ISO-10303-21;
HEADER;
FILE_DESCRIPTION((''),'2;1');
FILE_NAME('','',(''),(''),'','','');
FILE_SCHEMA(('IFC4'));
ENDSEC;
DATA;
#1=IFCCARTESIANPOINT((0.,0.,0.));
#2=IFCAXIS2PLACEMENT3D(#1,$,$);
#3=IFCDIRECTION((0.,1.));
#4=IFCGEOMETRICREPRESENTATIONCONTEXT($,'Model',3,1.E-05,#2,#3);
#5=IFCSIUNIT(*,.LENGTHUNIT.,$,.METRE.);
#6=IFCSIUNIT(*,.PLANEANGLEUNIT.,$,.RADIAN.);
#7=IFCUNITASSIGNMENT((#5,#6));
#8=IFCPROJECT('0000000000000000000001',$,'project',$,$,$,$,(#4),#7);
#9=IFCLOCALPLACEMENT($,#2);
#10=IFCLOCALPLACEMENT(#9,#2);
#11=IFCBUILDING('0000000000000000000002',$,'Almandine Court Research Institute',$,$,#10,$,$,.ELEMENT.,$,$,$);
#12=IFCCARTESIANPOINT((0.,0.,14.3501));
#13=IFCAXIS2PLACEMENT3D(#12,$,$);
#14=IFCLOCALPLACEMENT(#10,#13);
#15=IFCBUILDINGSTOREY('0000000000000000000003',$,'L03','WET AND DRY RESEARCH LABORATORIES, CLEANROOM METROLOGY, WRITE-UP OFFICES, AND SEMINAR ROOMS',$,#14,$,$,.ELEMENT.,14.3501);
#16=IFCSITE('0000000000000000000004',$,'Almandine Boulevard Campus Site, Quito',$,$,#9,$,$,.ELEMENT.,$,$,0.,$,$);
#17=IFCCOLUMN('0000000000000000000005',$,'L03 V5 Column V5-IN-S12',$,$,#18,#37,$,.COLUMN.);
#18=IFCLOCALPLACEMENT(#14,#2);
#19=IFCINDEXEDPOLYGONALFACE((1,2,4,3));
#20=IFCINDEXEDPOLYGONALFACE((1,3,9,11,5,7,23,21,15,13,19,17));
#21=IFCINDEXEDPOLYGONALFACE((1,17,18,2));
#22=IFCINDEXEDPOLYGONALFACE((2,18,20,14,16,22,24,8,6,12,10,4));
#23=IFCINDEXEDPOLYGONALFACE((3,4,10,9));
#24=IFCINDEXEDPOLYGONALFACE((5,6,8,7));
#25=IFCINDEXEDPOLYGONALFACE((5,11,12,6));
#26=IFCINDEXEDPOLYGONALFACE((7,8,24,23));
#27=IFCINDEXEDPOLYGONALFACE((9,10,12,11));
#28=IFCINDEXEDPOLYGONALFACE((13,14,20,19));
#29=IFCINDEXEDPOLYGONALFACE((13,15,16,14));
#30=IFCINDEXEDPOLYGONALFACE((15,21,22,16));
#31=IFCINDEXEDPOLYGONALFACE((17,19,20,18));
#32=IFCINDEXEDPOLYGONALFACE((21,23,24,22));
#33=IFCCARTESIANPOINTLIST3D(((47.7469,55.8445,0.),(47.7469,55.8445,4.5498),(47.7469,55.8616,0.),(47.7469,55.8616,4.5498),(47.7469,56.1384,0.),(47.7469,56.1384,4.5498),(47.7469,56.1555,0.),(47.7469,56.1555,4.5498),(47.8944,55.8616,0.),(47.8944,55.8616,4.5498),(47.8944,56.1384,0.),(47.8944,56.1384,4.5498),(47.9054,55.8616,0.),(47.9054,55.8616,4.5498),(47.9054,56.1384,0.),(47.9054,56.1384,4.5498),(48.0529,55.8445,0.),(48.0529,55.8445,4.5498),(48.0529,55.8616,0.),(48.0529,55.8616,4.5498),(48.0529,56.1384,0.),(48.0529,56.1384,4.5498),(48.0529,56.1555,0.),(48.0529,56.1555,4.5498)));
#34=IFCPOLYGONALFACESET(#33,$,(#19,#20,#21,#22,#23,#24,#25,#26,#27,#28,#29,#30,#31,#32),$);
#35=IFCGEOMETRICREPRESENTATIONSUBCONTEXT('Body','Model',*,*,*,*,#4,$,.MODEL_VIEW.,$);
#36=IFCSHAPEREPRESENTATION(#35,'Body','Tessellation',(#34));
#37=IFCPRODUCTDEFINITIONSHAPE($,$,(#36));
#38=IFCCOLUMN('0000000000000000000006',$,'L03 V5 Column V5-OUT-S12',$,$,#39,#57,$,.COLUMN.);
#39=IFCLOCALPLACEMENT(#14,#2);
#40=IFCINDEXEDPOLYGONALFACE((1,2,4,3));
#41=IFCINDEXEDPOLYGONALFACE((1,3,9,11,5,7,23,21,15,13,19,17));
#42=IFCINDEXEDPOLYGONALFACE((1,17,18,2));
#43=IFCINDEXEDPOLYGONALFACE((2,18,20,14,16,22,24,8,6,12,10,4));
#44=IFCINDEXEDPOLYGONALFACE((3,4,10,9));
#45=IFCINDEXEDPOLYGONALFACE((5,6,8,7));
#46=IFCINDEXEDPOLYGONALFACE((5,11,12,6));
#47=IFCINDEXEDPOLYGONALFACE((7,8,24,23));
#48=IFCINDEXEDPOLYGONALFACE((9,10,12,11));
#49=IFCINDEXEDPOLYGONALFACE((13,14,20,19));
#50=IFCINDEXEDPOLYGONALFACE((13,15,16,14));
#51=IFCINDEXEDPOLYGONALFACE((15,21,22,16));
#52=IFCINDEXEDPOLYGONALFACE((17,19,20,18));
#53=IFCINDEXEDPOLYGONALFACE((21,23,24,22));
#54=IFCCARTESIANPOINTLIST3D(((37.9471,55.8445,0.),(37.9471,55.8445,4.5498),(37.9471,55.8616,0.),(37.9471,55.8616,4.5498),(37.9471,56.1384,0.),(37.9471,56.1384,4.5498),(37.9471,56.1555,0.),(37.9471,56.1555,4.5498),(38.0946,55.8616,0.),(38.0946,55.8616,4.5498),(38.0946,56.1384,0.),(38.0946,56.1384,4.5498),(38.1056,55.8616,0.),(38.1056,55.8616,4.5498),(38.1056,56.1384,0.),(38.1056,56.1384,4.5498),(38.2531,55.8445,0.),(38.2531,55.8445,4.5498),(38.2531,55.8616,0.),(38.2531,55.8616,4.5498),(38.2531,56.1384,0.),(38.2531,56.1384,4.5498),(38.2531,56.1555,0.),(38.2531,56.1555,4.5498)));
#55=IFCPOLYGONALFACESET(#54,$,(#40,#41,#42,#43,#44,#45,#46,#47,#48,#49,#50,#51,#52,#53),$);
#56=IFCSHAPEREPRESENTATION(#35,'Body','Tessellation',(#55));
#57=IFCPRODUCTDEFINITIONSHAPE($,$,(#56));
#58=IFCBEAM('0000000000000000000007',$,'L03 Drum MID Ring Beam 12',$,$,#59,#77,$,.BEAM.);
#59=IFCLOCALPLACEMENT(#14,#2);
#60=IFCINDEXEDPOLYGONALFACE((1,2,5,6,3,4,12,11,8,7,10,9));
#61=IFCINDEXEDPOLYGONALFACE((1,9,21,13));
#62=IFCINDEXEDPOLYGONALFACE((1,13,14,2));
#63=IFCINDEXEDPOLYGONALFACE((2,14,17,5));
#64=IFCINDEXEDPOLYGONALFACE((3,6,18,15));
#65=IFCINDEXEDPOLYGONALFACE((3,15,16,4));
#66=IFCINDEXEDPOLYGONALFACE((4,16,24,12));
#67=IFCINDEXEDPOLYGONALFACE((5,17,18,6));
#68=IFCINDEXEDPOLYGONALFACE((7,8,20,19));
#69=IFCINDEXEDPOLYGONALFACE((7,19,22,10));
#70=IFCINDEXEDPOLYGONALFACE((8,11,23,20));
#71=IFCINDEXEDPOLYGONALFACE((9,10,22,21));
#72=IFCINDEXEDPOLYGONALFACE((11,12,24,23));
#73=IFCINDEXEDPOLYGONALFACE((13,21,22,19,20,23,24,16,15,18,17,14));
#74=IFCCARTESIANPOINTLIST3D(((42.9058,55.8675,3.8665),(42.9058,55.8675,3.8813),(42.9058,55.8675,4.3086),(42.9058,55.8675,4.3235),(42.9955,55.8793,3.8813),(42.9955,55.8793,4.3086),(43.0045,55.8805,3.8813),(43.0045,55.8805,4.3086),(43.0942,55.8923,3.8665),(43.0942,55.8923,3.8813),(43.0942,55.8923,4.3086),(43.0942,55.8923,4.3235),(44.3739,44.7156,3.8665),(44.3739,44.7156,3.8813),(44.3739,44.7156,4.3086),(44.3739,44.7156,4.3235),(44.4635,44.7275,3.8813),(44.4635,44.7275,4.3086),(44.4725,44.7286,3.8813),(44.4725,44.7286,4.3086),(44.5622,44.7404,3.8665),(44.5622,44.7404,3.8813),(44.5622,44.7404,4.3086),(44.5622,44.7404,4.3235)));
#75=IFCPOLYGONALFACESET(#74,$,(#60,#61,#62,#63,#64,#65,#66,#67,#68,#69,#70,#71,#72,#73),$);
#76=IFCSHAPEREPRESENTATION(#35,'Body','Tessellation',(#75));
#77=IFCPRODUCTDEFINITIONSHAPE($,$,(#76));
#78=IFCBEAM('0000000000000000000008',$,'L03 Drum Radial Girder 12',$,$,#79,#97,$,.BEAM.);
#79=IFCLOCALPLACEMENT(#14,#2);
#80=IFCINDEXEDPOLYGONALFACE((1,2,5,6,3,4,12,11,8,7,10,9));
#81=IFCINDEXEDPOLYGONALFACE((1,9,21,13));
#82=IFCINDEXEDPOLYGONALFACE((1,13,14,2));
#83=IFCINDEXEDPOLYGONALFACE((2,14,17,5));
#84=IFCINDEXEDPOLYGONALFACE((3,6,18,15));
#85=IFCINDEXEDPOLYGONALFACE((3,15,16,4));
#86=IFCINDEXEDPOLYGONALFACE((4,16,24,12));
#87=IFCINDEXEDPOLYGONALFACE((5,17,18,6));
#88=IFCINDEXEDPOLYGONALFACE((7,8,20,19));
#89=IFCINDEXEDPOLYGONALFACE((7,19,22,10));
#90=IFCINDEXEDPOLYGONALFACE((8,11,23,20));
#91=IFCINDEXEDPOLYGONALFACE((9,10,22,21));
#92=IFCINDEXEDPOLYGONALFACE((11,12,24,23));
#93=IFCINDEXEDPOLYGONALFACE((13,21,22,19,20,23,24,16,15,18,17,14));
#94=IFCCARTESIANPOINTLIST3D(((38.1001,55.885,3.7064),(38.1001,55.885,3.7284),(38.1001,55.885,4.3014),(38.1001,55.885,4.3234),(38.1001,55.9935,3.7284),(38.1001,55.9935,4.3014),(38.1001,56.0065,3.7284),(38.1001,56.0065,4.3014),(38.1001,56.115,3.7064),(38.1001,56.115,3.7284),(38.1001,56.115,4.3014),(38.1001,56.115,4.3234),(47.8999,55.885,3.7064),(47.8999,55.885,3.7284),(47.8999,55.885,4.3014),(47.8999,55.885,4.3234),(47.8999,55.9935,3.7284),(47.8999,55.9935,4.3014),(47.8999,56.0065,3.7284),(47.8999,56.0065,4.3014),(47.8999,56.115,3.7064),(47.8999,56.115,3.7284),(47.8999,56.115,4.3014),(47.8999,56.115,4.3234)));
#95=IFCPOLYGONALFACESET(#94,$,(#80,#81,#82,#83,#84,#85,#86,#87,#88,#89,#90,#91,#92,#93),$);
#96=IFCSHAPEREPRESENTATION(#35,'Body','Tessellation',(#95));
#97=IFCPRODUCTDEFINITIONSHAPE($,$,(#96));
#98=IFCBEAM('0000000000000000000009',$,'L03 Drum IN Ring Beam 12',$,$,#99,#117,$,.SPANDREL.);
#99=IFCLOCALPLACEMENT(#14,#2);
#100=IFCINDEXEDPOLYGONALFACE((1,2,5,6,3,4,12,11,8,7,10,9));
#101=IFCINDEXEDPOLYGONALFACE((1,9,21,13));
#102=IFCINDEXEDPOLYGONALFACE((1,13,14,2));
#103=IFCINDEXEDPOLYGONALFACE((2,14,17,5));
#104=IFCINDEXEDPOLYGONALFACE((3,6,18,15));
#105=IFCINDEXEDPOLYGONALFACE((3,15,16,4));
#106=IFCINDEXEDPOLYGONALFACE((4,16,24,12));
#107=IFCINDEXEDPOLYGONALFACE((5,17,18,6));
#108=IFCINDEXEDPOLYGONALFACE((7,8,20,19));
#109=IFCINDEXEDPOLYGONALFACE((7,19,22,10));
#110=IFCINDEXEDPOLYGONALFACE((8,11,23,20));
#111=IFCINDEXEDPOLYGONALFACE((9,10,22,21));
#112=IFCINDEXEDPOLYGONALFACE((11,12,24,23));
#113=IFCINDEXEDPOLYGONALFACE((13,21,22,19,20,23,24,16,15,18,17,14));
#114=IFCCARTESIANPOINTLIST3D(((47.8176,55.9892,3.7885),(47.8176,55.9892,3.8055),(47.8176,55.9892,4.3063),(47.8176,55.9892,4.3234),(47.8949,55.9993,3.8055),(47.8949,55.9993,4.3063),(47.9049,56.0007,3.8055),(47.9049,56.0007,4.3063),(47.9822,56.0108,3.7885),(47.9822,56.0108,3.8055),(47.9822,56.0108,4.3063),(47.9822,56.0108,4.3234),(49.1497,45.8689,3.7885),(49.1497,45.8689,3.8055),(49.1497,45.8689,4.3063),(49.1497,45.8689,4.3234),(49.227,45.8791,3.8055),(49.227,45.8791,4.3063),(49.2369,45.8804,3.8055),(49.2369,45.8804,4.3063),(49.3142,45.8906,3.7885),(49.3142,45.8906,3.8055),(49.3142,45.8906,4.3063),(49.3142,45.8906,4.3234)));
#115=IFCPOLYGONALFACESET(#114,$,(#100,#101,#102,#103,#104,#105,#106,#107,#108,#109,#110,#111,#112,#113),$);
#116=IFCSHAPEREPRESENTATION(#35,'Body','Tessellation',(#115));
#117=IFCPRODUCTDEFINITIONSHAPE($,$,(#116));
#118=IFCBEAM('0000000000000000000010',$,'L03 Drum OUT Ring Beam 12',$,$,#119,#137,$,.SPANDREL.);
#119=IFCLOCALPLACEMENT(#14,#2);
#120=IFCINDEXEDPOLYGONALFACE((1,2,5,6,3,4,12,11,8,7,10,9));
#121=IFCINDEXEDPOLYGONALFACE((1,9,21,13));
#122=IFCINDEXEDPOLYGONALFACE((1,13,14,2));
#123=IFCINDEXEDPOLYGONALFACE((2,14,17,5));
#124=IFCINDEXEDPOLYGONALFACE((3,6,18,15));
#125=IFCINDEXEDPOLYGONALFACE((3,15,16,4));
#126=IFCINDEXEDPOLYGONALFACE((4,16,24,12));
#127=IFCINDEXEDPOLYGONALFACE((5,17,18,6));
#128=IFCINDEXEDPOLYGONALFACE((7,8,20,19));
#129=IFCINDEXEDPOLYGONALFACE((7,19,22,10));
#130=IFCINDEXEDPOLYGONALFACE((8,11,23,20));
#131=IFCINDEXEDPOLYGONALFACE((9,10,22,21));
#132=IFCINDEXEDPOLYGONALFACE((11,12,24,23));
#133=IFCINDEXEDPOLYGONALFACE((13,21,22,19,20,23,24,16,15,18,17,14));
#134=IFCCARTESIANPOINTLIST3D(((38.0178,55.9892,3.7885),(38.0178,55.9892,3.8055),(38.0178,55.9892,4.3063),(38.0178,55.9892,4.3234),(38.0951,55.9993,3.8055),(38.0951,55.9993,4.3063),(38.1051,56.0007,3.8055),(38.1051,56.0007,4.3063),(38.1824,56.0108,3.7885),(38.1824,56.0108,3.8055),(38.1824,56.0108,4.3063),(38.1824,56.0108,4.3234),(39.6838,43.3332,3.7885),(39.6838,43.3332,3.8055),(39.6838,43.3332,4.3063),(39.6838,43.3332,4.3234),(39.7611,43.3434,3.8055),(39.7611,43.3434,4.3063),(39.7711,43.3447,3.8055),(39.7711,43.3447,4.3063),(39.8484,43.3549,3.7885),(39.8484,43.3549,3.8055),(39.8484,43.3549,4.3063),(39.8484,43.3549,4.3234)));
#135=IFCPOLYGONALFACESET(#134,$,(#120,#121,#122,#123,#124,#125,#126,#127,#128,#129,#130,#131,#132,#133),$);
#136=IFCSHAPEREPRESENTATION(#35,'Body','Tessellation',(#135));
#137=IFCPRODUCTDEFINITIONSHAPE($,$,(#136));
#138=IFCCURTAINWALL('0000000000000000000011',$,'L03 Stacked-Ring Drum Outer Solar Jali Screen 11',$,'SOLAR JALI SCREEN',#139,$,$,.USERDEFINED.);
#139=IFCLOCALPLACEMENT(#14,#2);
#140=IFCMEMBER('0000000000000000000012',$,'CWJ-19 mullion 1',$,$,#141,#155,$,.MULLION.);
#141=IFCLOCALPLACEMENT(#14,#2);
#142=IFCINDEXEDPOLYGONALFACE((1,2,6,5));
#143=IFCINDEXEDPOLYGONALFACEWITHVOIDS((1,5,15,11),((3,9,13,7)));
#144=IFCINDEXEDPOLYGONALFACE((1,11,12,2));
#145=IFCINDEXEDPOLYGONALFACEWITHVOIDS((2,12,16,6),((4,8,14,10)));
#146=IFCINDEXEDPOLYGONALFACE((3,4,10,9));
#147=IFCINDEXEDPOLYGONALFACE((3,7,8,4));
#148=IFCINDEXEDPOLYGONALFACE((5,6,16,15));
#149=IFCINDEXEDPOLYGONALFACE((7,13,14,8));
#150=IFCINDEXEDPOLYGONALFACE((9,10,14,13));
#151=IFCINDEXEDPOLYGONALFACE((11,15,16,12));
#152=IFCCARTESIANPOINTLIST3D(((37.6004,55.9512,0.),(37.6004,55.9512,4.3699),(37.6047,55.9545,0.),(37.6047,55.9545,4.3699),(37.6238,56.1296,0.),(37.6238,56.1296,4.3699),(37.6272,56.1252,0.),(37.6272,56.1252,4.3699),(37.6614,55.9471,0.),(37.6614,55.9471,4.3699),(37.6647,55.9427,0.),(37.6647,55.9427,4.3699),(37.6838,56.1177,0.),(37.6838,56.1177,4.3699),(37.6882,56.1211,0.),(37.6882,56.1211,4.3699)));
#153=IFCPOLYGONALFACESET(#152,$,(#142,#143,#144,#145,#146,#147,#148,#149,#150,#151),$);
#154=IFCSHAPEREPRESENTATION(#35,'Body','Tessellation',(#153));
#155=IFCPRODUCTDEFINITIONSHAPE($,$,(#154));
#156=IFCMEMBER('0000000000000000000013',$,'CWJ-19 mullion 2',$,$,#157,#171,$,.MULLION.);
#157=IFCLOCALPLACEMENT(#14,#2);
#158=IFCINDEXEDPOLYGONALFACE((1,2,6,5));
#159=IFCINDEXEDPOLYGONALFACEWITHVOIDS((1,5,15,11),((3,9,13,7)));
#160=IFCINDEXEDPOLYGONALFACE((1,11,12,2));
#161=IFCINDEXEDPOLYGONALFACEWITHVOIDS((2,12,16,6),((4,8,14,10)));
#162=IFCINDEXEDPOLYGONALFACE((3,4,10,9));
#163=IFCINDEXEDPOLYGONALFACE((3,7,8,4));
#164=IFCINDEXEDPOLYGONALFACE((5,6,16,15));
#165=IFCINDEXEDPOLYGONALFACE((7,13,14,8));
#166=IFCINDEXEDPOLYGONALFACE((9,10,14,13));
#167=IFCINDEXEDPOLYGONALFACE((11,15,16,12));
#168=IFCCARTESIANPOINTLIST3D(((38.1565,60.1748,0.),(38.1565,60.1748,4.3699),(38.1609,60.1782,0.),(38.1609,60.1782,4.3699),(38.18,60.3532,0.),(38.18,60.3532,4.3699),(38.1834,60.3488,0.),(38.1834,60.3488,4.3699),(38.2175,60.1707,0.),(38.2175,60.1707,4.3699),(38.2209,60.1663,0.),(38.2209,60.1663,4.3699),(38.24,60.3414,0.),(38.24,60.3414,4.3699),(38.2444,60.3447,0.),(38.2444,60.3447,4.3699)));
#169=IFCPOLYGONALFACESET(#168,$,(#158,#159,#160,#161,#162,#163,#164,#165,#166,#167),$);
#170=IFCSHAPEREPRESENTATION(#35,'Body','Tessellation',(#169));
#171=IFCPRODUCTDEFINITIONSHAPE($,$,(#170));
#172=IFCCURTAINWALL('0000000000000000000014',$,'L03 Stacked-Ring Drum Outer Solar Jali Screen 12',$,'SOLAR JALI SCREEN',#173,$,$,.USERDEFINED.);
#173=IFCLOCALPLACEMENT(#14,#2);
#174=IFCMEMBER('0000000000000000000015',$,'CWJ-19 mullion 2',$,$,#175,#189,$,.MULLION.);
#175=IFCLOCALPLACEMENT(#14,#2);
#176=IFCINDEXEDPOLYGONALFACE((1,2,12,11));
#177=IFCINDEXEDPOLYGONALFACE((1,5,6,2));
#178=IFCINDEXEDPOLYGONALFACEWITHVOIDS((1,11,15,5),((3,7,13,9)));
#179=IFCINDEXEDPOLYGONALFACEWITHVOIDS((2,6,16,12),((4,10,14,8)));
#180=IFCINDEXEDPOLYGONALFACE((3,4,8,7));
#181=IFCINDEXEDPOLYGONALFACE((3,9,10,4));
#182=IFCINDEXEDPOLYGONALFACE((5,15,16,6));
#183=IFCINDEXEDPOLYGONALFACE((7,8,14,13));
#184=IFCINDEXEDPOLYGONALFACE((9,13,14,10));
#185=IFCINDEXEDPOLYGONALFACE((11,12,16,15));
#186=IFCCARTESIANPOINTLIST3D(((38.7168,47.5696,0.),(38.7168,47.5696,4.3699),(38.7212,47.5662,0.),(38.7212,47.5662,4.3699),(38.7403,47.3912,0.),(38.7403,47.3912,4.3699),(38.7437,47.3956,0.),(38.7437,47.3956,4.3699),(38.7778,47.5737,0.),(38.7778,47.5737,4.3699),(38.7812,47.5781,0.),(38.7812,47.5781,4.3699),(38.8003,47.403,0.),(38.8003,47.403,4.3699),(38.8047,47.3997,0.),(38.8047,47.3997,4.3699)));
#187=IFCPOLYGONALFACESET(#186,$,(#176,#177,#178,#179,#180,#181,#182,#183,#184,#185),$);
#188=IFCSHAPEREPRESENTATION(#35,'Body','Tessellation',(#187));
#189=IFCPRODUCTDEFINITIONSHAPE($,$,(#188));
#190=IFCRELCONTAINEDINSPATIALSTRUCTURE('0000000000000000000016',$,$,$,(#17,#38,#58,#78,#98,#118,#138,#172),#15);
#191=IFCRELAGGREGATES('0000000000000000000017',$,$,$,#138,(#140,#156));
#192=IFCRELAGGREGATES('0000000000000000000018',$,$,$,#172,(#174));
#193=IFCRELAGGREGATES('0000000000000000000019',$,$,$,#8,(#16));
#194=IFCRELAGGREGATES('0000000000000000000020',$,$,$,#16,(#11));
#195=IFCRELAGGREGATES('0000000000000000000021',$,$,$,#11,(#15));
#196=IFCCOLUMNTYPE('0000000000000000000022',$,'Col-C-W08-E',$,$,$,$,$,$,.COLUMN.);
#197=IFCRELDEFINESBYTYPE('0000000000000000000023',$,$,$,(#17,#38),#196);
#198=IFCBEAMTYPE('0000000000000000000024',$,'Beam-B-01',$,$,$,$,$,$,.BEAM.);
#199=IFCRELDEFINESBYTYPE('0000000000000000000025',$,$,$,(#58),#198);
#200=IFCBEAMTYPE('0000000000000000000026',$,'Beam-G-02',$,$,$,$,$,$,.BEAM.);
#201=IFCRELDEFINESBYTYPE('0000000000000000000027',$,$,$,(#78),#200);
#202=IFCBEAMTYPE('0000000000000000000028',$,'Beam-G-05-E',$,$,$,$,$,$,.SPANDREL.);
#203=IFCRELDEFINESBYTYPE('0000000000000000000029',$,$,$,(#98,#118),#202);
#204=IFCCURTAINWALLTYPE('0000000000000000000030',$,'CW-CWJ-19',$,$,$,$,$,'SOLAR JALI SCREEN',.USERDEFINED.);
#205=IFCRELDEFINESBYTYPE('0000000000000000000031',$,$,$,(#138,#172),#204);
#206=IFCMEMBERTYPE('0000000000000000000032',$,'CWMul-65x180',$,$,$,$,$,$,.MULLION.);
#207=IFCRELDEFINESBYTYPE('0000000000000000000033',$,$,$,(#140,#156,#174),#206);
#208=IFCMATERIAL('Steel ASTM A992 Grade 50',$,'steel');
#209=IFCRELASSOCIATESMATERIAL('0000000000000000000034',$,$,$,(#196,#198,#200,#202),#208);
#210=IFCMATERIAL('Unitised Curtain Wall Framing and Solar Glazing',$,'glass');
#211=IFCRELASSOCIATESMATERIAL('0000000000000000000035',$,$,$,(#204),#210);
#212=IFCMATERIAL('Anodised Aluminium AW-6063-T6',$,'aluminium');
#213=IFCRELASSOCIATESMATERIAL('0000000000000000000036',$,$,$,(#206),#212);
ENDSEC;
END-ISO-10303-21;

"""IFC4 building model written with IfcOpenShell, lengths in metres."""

from ifc_helpers import new_model, si_unit, direction, frame, origin, origin_2d, place, context, subcontext, project, spatial, hollow_rectangle, i_section, extrude, material, material_profile, profile_set, type_object, element, aggregate, save


model = new_model("IFC4")

# Units and contexts
model_context = context("Model", 3, precision=1e-05, world=origin(), true_north=direction((0.0, 1.0)))
body_context = subcontext(model_context, "Body", "Model", "MODEL_VIEW")
ifc_project = project(units=[si_unit("LENGTHUNIT", "METRE"), si_unit("PLANEANGLEUNIT", "RADIAN")], contexts=[model_context])

# Site, building, storey
site_placement = place(None, origin())
site = spatial("IfcSite", under=ifc_project, at=site_placement, Name="Almandine Boulevard Campus Site, Quito", CompositionType="ELEMENT", RefElevation=0.0)
building_placement = place(site_placement, origin())
building = spatial("IfcBuilding", under=site, at=building_placement, Name="Almandine Court Research Institute", CompositionType="ELEMENT")
storey_placement = place(building_placement, frame((0.0, 0.0, 14.3501)))
storey = spatial("IfcBuildingStorey", under=building, at=storey_placement, Name="L03", Description="WET AND DRY RESEARCH LABORATORIES, CLEANROOM METROLOGY, WRITE-UP OFFICES, AND SEMINAR ROOMS", CompositionType="ELEMENT", Elevation=14.3501)

# Columns
ifc_material_1 = material(Name="Steel ASTM A992 Grade 50", Category="steel")
ifc_material_profile_1 = material_profile(ifc_material_1, i_section(OverallWidth=0.3059, OverallDepth=0.311, WebThickness=0.011, FlangeThickness=0.0171, at=origin_2d()), Name="W310x107")
ifc_profile_set_1 = profile_set([ifc_material_profile_1], Name="Steel ASTM A992 Grade 50")
column_type = type_object("IfcColumnType", Name="Col-C-W08-E", PredefinedType="COLUMN", material=ifc_profile_set_1)
for number, where, z_axis, x_axis, name in (
    (1, (47.8999, 56.0, 0.0), (0.0, 0.0, 1.0), (1.0, 0.0, 0.0), "L03 V5 Column V5-IN-S12"),
    (2, (38.1001, 56.0, 0.0), (0.0, 0.0, 1.0), (1.0, 0.0, 0.0), "L03 V5 Column V5-OUT-S12"),
):
    element("IfcColumn", number, at=place(storey_placement, frame(where, z_axis=z_axis, x_axis=x_axis)), inside=storey, type_object=column_type, Name=name, PredefinedType="COLUMN", context=body_context, shape_type="SweptSolid", body=[
        extrude(i_section(OverallWidth=0.3059, OverallDepth=0.311, WebThickness=0.011, FlangeThickness=0.0171, at=origin_2d()), origin(), (0.0, 0.0, 1.0), 4.5498),
    ])

# Beams
ifc_material_profile_2 = material_profile(ifc_material_1, i_section(OverallWidth=0.1899, OverallDepth=0.457, WebThickness=0.009, FlangeThickness=0.0149, at=origin_2d()), Name="W460x74")
ifc_profile_set_2 = profile_set([ifc_material_profile_2], Name="Steel ASTM A992 Grade 50")
beam_type_1 = type_object("IfcBeamType", Name="Beam-B-01", PredefinedType="BEAM", material=ifc_profile_set_2)
beam_1_placement = place(storey_placement, frame((43.0, 55.8799, 4.095), z_axis=(0.130513, -0.991447, 0.0), x_axis=(0.991447, 0.130513, 0.0)))
element("IfcBeam", 3, at=beam_1_placement, inside=storey, type_object=beam_type_1, Name="L03 Drum MID Ring Beam 12", PredefinedType="BEAM", context=body_context, shape_type="SweptSolid", body=[
    extrude(i_section(OverallWidth=0.1899, OverallDepth=0.457, WebThickness=0.009, FlangeThickness=0.0149, at=origin_2d()), origin(), (0.0, 0.0, 1.0), 11.248),
])
ifc_material_profile_3 = material_profile(ifc_material_1, i_section(OverallWidth=0.23, OverallDepth=0.6169, WebThickness=0.0129, FlangeThickness=0.022, at=origin_2d()), Name="W610x140")
ifc_profile_set_3 = profile_set([ifc_material_profile_3], Name="Steel ASTM A992 Grade 50")
beam_type_2 = type_object("IfcBeamType", Name="Beam-G-02", PredefinedType="BEAM", material=ifc_profile_set_3)
beam_2_placement = place(storey_placement, frame((47.8999, 56.0, 4.0149), z_axis=(-1.0, 0.0, 0.0), x_axis=(0.0, -1.0, 0.0)))
element("IfcBeam", 4, at=beam_2_placement, inside=storey, type_object=beam_type_2, Name="L03 Drum Radial Girder 12", PredefinedType="BEAM", context=body_context, shape_type="SweptSolid", body=[
    extrude(i_section(OverallWidth=0.23, OverallDepth=0.6169, WebThickness=0.0129, FlangeThickness=0.022, at=origin_2d()), origin(), (0.0, 0.0, 1.0), 9.7998),
])
ifc_material_profile_4 = material_profile(ifc_material_1, i_section(OverallWidth=0.166, OverallDepth=0.5349, WebThickness=0.01, FlangeThickness=0.0171, at=origin_2d()), Name="W530x85")
ifc_profile_set_4 = profile_set([ifc_material_profile_4], Name="Steel ASTM A992 Grade 50")
beam_type_3 = type_object("IfcBeamType", Name="Beam-G-05-E", PredefinedType="SPANDREL", material=ifc_profile_set_4)
beam_3_placement = place(storey_placement, frame((47.8999, 56.0, 4.0559), z_axis=(0.130497, -0.991449, 0.0), x_axis=(0.991449, 0.130497, 0.0)))
element("IfcBeam", 5, at=beam_3_placement, inside=storey, type_object=beam_type_3, Name="L03 Drum IN Ring Beam 12", PredefinedType="SPANDREL", context=body_context, shape_type="SweptSolid", body=[
    extrude(i_section(OverallWidth=0.166, OverallDepth=0.5349, WebThickness=0.01, FlangeThickness=0.0171, at=origin_2d()), origin(), (0.0, 0.0, 1.0), 10.2075),
])
beam_4_placement = place(storey_placement, frame((38.1001, 56.0, 4.0559), z_axis=(0.130512, -0.991447, 0.0), x_axis=(0.991447, 0.130512, 0.0)))
element("IfcBeam", 6, at=beam_4_placement, inside=storey, type_object=beam_type_3, Name="L03 Drum OUT Ring Beam 12", PredefinedType="SPANDREL", context=body_context, shape_type="SweptSolid", body=[
    extrude(i_section(OverallWidth=0.166, OverallDepth=0.5349, WebThickness=0.01, FlangeThickness=0.0171, at=origin_2d()), origin(), (0.0, 0.0, 1.0), 12.7651),
])

# Curtain walls, members
ifc_material_2 = material(Name="Unitised Curtain Wall Framing and Solar Glazing", Category="glass")
curtain_wall_type = type_object("IfcCurtainWallType", Name="CW-CWJ-19", ElementType="SOLAR JALI SCREEN", PredefinedType="USERDEFINED", material=ifc_material_2)
curtain_wall_1_placement = place(storey_placement, origin())
curtain_wall_1 = element("IfcCurtainWall", 7, at=curtain_wall_1_placement, inside=storey, type_object=curtain_wall_type, Name="L03 Stacked-Ring Drum Outer Solar Jali Screen 11", ObjectType="SOLAR JALI SCREEN", PredefinedType="USERDEFINED")
ifc_material_3 = material(Name="Anodised Aluminium AW-6063-T6", Category="aluminium")
ifc_material_profile_5 = material_profile(ifc_material_3, hollow_rectangle(XDim=0.0649, YDim=0.1799, WallThickness=0.0039, at=origin_2d()), Name="ALU RHS 65x180x4")
ifc_profile_set_5 = profile_set([ifc_material_profile_5], Name="Anodised Aluminium AW-6063-T6")
member_type_1 = type_object("IfcMemberType", Name="CWMul-65x180", PredefinedType="MULLION", material=ifc_profile_set_5)
member_1_placement = place(storey_placement, frame((37.6443, 56.0361, 0.0), z_axis=(0.0, 0.0, 1.0), x_axis=(-0.991443, 0.130541, 0.0)))
member_1 = element("IfcMember", 8, at=member_1_placement, type_object=member_type_1, Name="CWJ-19 mullion 1", PredefinedType="MULLION", context=body_context, shape_type="SweptSolid", body=[
    extrude(hollow_rectangle(XDim=0.0649, YDim=0.1799, WallThickness=0.0039, at=origin_2d()), origin(), (0.0, 0.0, 1.0), 4.3699),
])
member_2_placement = place(storey_placement, frame((38.2004, 60.2598, 0.0), z_axis=(0.0, 0.0, 1.0), x_axis=(-0.991443, 0.130541, 0.0)))
member_2 = element("IfcMember", 9, at=member_2_placement, type_object=member_type_1, Name="CWJ-19 mullion 2", PredefinedType="MULLION", context=body_context, shape_type="SweptSolid", body=[
    extrude(hollow_rectangle(XDim=0.0649, YDim=0.1799, WallThickness=0.0039, at=origin_2d()), origin(), (0.0, 0.0, 1.0), 4.3699),
])
curtain_wall_2_placement = place(storey_placement, origin())
curtain_wall_2 = element("IfcCurtainWall", 10, at=curtain_wall_2_placement, inside=storey, type_object=curtain_wall_type, Name="L03 Stacked-Ring Drum Outer Solar Jali Screen 12", ObjectType="SOLAR JALI SCREEN", PredefinedType="USERDEFINED")
member_3_placement = place(storey_placement, frame((38.7607, 47.4846, 0.0), z_axis=(0.0, 0.0, 1.0), x_axis=(-0.991443, -0.130541, 0.0)))
member_3 = element("IfcMember", 11, at=member_3_placement, type_object=member_type_1, Name="CWJ-19 mullion 2", PredefinedType="MULLION", context=body_context, shape_type="SweptSolid", body=[
    extrude(hollow_rectangle(XDim=0.0649, YDim=0.1799, WallThickness=0.0039, at=origin_2d()), origin(), (0.0, 0.0, 1.0), 4.3699),
])

aggregate(curtain_wall_1, [member_1, member_2])
aggregate(curtain_wall_2, [member_3])

save(model, "model.ifc")
